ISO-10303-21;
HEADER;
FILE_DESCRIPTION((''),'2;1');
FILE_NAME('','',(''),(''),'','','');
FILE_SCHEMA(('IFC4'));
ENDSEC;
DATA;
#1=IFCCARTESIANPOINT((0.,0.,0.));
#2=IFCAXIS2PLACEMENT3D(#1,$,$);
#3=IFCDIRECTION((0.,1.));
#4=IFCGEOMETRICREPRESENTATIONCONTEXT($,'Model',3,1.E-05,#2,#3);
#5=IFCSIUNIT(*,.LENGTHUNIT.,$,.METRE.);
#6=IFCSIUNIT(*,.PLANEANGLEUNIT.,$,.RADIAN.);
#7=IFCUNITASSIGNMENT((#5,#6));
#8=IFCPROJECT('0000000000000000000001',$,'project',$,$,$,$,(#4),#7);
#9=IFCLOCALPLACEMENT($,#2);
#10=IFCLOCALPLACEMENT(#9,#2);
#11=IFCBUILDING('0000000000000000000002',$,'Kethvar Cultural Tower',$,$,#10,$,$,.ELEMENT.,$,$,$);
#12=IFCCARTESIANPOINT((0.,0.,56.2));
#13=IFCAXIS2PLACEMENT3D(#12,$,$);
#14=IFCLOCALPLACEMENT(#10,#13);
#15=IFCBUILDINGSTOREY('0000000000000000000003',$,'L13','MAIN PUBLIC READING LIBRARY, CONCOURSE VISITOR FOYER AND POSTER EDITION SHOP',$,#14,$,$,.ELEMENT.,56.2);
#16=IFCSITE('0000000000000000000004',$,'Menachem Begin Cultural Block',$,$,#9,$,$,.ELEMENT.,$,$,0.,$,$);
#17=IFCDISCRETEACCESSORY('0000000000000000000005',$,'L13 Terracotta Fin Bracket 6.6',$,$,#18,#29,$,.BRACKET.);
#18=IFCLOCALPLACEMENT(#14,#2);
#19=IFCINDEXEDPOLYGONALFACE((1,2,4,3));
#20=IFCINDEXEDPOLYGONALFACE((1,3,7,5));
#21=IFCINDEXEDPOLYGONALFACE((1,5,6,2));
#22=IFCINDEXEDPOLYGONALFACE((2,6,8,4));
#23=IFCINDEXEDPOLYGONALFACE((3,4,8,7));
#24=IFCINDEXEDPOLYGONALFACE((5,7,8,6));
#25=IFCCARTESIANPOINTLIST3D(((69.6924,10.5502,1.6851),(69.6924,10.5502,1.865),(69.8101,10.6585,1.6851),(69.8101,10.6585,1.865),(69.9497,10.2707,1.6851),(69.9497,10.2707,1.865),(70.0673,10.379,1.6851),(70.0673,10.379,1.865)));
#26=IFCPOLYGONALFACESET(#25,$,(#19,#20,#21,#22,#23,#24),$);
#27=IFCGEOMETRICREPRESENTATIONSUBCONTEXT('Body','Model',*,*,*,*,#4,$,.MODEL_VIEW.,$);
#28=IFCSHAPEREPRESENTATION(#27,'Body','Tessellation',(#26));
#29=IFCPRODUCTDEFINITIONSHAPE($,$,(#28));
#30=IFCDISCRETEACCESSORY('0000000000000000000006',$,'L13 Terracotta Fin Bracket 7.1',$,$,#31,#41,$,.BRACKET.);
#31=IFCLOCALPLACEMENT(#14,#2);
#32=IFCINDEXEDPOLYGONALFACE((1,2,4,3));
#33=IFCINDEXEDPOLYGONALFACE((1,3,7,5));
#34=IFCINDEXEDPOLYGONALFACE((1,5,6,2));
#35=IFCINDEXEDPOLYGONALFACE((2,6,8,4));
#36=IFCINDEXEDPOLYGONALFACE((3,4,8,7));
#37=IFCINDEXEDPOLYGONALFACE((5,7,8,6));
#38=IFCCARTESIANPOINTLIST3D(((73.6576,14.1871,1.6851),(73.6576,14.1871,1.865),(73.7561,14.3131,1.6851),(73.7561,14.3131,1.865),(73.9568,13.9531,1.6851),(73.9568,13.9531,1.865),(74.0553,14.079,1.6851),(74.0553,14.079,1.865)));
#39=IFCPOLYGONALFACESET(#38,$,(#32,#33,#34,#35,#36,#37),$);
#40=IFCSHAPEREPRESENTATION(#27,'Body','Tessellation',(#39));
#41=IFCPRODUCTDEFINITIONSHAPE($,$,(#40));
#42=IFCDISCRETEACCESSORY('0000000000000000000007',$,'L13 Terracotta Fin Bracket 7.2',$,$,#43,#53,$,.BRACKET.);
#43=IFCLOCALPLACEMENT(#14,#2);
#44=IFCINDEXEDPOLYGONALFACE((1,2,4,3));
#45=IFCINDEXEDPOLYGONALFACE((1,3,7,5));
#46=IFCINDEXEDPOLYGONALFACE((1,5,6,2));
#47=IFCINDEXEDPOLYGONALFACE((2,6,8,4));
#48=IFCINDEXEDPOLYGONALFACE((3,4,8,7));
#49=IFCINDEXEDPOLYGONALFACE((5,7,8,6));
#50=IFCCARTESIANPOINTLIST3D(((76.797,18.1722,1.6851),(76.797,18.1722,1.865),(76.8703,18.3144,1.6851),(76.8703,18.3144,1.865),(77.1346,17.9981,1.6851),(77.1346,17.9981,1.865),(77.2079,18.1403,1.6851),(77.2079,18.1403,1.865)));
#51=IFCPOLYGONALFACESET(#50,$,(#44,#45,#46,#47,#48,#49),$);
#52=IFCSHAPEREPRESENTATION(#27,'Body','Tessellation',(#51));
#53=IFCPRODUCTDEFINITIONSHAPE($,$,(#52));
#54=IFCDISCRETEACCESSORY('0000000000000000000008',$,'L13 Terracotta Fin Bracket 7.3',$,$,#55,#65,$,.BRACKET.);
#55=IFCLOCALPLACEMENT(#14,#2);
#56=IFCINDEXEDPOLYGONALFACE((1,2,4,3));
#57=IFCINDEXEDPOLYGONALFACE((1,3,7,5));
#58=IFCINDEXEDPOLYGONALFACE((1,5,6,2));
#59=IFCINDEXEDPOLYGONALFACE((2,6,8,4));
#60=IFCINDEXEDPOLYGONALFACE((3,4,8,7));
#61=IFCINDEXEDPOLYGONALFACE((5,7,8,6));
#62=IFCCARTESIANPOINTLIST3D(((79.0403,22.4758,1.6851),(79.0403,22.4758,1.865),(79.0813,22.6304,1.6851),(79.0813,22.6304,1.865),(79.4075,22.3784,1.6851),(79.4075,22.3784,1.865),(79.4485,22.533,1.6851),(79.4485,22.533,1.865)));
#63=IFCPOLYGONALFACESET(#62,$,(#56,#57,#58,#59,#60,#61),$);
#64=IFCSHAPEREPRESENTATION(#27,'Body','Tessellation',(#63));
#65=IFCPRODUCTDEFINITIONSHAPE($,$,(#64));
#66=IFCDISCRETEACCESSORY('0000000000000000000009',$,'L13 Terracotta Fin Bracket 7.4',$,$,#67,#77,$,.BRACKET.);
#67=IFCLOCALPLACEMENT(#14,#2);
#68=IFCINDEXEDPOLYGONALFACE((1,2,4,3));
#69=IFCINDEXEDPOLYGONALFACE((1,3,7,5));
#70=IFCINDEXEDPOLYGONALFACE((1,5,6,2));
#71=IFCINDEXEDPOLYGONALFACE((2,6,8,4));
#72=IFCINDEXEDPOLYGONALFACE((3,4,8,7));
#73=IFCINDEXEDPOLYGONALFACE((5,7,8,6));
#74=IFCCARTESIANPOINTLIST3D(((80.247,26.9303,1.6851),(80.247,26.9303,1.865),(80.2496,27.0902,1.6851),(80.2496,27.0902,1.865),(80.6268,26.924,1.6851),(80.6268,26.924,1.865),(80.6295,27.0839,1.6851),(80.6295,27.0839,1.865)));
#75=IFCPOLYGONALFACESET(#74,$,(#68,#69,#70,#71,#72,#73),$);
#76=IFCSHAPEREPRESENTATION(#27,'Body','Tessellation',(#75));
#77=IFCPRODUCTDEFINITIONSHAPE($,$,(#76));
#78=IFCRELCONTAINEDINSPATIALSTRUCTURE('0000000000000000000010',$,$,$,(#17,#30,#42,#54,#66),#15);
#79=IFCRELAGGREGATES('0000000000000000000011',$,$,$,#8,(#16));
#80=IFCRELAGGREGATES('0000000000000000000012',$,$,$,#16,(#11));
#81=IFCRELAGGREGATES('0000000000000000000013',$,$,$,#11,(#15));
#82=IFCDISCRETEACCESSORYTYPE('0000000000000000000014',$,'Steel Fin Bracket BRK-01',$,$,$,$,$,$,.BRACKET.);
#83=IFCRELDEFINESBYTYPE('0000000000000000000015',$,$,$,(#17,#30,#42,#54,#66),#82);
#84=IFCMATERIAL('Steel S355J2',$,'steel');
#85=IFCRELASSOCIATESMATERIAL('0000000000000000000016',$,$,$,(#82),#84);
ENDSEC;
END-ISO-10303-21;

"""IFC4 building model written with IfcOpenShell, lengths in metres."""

from ifc_helpers import new_model, si_unit, direction, frame, origin, origin_2d, place, context, subcontext, project, spatial, rectangle, extrude, source, transform, mapped, material, type_object, element, save


model = new_model("IFC4")

# Units and contexts
model_context = context("Model", 3, precision=1e-05, world=origin(), true_north=direction((0.0, 1.0)))
body_context = subcontext(model_context, "Body", "Model", "MODEL_VIEW")
ifc_project = project(units=[si_unit("LENGTHUNIT", "METRE"), si_unit("PLANEANGLEUNIT", "RADIAN")], contexts=[model_context])

# Site, building, storey
site_placement = place(None, origin())
site = spatial("IfcSite", under=ifc_project, at=site_placement, Name="Menachem Begin Cultural Block", CompositionType="ELEMENT", RefElevation=0.0)
building_placement = place(site_placement, origin())
building = spatial("IfcBuilding", under=site, at=building_placement, Name="Kethvar Cultural Tower", CompositionType="ELEMENT")
storey_placement = place(building_placement, frame((0.0, 0.0, 56.2)))
storey = spatial("IfcBuildingStorey", under=building, at=storey_placement, Name="L13", Description="MAIN PUBLIC READING LIBRARY, CONCOURSE VISITOR FOYER AND POSTER EDITION SHOP", CompositionType="ELEMENT", Elevation=56.2)

# Shared definitions
ifc_material_1 = material(Name="Steel S355J2", Category="steel")

# Discrete accessories
discrete_accessory_type = type_object("IfcDiscreteAccessoryType", Name="Steel Fin Bracket BRK-01", PredefinedType="BRACKET", material=ifc_material_1)
shared_shape_1 = source(origin(), body_context, "Body", "SweptSolid", [
    extrude(rectangle(XDim=0.3799, YDim=0.1599, at=origin_2d()), origin(), (0.0, 0.0, 1.0), 0.1799),
])
for number, where, z_axis, x_axis, name in (
    (1, (69.8799, 10.4646, 1.6851), (0.0, 0.0, 1.0), (0.677133, -0.735861, 0.0), "L13 Terracotta Fin Bracket 6.6"),
    (2, (73.8564, 14.1331, 1.6851), (0.0, 0.0, 1.0), (0.787688, -0.616074, 0.0), "L13 Terracotta Fin Bracket 7.1"),
    (3, (77.0024, 18.1562, 1.6851), (0.0, 0.0, 1.0), (0.888777, -0.458339, 0.0), "L13 Terracotta Fin Bracket 7.2"),
    (4, (79.2444, 22.5044, 1.6851), (0.0, 0.0, 1.0), (0.9666, -0.256289, 0.0), "L13 Terracotta Fin Bracket 7.3"),
    (5, (80.4382, 27.0071, 1.6851), (0.0, 0.0, 1.0), (0.999863, -0.01658, 0.0), "L13 Terracotta Fin Bracket 7.4"),
):
    element("IfcDiscreteAccessory", number, at=place(storey_placement, frame(where, z_axis=z_axis, x_axis=x_axis)), inside=storey, type_object=discrete_accessory_type, Name=name, PredefinedType="BRACKET", context=body_context, shape_type="MappedRepresentation", body=[
        mapped(shared_shape_1, transform((0.0, 0.0, 0.0), scale=1.0)),
    ])

save(model, "model.ifc")
